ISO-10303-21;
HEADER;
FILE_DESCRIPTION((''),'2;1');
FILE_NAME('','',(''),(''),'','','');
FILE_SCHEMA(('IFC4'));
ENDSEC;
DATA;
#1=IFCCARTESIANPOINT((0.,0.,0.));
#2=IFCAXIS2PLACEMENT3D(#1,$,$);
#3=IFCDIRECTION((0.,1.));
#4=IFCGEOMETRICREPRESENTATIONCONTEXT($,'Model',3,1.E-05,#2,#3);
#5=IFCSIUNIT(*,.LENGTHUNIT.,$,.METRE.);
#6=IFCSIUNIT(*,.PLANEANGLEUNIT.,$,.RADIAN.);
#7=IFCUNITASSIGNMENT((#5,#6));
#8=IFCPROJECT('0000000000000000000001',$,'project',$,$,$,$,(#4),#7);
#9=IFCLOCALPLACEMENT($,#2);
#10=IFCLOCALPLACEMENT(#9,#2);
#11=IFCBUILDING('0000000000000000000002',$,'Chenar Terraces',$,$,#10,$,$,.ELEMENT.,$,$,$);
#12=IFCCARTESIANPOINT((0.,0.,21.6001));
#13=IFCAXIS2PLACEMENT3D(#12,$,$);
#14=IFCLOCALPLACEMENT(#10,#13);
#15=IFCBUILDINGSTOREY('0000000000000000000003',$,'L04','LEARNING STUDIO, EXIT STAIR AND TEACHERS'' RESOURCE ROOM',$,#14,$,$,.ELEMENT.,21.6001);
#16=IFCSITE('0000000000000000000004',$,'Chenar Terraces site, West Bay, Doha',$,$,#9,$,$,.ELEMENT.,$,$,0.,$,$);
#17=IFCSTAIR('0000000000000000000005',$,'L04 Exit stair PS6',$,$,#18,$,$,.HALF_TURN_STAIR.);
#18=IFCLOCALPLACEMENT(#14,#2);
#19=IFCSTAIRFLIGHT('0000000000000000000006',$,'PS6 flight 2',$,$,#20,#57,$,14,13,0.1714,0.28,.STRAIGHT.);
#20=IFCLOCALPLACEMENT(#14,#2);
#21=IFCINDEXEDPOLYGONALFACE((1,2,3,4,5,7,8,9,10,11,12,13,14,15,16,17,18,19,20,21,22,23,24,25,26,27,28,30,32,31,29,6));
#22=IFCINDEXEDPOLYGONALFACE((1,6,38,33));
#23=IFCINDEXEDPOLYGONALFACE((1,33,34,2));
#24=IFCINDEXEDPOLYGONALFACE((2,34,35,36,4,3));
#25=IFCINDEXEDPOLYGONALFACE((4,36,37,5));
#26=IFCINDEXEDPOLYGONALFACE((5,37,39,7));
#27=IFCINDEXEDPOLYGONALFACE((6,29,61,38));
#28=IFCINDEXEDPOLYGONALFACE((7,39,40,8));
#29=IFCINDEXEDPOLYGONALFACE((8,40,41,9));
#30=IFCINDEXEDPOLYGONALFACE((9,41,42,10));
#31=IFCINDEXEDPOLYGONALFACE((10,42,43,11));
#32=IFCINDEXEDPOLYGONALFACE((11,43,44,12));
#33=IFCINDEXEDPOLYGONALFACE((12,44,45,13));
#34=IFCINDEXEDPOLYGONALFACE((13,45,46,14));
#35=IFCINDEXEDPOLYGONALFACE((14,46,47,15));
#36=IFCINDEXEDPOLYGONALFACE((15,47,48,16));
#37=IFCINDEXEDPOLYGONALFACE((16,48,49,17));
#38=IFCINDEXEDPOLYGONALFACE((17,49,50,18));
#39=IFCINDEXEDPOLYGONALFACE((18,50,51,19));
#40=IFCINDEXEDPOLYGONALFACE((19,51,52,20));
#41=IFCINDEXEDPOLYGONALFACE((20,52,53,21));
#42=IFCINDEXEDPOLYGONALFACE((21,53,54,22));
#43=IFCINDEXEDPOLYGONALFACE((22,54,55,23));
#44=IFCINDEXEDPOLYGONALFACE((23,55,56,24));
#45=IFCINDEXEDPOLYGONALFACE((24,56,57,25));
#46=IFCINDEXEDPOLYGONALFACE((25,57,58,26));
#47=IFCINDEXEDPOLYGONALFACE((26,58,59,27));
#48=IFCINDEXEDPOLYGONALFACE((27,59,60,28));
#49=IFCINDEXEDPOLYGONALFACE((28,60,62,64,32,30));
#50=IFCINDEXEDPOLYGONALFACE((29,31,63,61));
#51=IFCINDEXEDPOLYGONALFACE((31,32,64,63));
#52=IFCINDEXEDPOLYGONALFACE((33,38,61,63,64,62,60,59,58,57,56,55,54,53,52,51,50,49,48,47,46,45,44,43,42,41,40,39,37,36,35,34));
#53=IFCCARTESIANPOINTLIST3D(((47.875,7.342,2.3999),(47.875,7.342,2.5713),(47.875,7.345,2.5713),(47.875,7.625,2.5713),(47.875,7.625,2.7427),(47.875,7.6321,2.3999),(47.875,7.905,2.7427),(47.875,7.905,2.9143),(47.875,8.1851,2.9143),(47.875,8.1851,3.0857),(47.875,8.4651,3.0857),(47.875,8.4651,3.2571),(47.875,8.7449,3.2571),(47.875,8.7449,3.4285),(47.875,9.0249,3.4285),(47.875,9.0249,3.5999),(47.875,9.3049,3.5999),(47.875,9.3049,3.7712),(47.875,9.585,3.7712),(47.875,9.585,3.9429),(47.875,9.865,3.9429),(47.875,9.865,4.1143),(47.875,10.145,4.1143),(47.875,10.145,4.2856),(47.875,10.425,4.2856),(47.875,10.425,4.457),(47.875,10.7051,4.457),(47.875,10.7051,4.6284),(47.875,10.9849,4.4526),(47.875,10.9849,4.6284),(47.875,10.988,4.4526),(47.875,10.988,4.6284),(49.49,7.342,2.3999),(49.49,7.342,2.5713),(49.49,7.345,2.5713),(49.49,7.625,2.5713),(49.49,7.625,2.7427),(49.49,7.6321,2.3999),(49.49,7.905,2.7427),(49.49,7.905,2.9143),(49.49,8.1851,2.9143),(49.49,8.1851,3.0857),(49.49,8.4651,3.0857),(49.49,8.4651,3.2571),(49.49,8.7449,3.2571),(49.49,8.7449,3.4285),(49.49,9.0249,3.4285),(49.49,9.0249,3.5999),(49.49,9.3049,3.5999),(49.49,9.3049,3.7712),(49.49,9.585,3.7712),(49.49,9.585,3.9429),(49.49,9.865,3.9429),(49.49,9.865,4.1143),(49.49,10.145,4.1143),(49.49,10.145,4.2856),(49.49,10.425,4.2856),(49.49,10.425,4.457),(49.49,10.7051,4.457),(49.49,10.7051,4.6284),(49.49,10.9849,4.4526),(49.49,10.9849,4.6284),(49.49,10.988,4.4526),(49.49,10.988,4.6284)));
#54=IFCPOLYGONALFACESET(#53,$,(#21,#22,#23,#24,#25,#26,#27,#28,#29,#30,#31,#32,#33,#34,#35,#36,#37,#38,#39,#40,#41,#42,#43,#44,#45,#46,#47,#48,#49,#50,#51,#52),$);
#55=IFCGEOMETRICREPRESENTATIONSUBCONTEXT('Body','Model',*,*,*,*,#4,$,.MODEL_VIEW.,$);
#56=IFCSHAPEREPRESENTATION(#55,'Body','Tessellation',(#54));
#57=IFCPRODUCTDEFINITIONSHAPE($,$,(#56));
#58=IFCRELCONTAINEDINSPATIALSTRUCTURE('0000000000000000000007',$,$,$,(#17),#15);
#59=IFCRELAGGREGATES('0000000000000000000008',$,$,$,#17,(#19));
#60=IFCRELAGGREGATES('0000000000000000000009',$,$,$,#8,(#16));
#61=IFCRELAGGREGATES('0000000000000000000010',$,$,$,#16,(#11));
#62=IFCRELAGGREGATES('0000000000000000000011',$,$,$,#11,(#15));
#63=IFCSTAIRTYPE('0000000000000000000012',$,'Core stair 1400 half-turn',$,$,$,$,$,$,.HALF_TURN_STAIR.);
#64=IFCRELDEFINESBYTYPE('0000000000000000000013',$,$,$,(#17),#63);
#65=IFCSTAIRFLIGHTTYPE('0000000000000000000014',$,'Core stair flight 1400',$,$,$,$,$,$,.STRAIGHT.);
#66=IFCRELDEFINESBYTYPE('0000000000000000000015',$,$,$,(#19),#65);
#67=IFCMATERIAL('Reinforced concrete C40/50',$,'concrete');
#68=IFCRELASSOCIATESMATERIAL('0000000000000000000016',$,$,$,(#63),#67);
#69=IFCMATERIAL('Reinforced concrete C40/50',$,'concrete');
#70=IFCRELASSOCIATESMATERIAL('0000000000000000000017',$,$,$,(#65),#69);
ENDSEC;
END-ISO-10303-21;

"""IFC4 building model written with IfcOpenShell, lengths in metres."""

from ifc_helpers import new_model, si_unit, direction, frame, origin, place, context, subcontext, project, spatial, polyline, outline, extrude, material, type_object, element, aggregate, save


model = new_model("IFC4")

# Units and contexts
model_context = context("Model", 3, precision=1e-05, world=origin(), true_north=direction((0.0, 1.0)))
body_context = subcontext(model_context, "Body", "Model", "MODEL_VIEW")
ifc_project = project(units=[si_unit("LENGTHUNIT", "METRE"), si_unit("PLANEANGLEUNIT", "RADIAN")], contexts=[model_context])

# Site, building, storey
site_placement = place(None, origin())
site = spatial("IfcSite", under=ifc_project, at=site_placement, Name="Chenar Terraces site, West Bay, Doha", CompositionType="ELEMENT", RefElevation=0.0)
building_placement = place(site_placement, origin())
building = spatial("IfcBuilding", under=site, at=building_placement, Name="Chenar Terraces", CompositionType="ELEMENT")
storey_placement = place(building_placement, frame((0.0, 0.0, 21.6001)))
storey = spatial("IfcBuildingStorey", under=building, at=storey_placement, Name="L04", Description="LEARNING STUDIO, EXIT STAIR AND TEACHERS' RESOURCE ROOM", CompositionType="ELEMENT", Elevation=21.6001)

# Stair, stair flight
ifc_material_1 = material(Name="Reinforced concrete C40/50", Category="concrete")
stair_type = type_object("IfcStairType", Name="Core stair 1400 half-turn", PredefinedType="HALF_TURN_STAIR", material=ifc_material_1)
stair_placement = place(storey_placement, origin())
stair = element("IfcStair", 1, at=stair_placement, inside=storey, type_object=stair_type, Name="L04 Exit stair PS6", PredefinedType="HALF_TURN_STAIR")
ifc_material_2 = material(Name="Reinforced concrete C40/50", Category="concrete")
stair_flight_type = type_object("IfcStairFlightType", Name="Core stair flight 1400", PredefinedType="STRAIGHT", material=ifc_material_2)
stair_flight_1_placement = place(storey_placement, frame((48.6826, 7.345, 2.3999), z_axis=(0.0, 0.0, 1.0), x_axis=(0.0, 1.0, 0.0)))
stair_flight_1 = element("IfcStairFlight", 2, at=stair_flight_1_placement, type_object=stair_flight_type, Name="PS6 flight 2", NumberOfRisers=14, NumberOfTreads=13, PredefinedType="STRAIGHT", RiserHeight=0.1714, TreadLength=0.28, context=body_context, shape_type="SweptSolid", body=[
    extrude(outline(polyline([(-0.0029, 0.0), (-0.0029, 0.1714), (0.0, 0.1714), (0.28, 0.1714), (0.28, 0.3428), (0.5601, 0.3428), (0.5601, 0.5144), (0.8401, 0.5144), (0.8401, 0.6858), (1.1201, 0.6858), (1.1201, 0.8572), (1.3999, 0.8572), (1.3999, 1.0286), (1.6799, 1.0286), (1.6799, 1.2), (1.96, 1.2), (1.96, 1.3713), (2.24, 1.3713), (2.24, 1.543), (2.52, 1.543), (2.52, 1.7144), (2.8, 1.7144), (2.8, 1.8857), (3.0801, 1.8857), (3.0801, 2.0571), (3.3601, 2.0571), (3.3601, 2.2285), (3.6399, 2.2285), (3.6431, 2.2285), (3.6431, 2.0527), (3.6399, 2.0527), (0.2871, 0.0), (-0.0029, 0.0)])), frame((0.0, 0.8076, 0.0), z_axis=(0.0, -1.0, 0.0), x_axis=(1.0, 0.0, 0.0)), (0.0, 0.0, 1.0), 1.615),
])
aggregate(stair, [stair_flight_1])

save(model, "model.ifc")
